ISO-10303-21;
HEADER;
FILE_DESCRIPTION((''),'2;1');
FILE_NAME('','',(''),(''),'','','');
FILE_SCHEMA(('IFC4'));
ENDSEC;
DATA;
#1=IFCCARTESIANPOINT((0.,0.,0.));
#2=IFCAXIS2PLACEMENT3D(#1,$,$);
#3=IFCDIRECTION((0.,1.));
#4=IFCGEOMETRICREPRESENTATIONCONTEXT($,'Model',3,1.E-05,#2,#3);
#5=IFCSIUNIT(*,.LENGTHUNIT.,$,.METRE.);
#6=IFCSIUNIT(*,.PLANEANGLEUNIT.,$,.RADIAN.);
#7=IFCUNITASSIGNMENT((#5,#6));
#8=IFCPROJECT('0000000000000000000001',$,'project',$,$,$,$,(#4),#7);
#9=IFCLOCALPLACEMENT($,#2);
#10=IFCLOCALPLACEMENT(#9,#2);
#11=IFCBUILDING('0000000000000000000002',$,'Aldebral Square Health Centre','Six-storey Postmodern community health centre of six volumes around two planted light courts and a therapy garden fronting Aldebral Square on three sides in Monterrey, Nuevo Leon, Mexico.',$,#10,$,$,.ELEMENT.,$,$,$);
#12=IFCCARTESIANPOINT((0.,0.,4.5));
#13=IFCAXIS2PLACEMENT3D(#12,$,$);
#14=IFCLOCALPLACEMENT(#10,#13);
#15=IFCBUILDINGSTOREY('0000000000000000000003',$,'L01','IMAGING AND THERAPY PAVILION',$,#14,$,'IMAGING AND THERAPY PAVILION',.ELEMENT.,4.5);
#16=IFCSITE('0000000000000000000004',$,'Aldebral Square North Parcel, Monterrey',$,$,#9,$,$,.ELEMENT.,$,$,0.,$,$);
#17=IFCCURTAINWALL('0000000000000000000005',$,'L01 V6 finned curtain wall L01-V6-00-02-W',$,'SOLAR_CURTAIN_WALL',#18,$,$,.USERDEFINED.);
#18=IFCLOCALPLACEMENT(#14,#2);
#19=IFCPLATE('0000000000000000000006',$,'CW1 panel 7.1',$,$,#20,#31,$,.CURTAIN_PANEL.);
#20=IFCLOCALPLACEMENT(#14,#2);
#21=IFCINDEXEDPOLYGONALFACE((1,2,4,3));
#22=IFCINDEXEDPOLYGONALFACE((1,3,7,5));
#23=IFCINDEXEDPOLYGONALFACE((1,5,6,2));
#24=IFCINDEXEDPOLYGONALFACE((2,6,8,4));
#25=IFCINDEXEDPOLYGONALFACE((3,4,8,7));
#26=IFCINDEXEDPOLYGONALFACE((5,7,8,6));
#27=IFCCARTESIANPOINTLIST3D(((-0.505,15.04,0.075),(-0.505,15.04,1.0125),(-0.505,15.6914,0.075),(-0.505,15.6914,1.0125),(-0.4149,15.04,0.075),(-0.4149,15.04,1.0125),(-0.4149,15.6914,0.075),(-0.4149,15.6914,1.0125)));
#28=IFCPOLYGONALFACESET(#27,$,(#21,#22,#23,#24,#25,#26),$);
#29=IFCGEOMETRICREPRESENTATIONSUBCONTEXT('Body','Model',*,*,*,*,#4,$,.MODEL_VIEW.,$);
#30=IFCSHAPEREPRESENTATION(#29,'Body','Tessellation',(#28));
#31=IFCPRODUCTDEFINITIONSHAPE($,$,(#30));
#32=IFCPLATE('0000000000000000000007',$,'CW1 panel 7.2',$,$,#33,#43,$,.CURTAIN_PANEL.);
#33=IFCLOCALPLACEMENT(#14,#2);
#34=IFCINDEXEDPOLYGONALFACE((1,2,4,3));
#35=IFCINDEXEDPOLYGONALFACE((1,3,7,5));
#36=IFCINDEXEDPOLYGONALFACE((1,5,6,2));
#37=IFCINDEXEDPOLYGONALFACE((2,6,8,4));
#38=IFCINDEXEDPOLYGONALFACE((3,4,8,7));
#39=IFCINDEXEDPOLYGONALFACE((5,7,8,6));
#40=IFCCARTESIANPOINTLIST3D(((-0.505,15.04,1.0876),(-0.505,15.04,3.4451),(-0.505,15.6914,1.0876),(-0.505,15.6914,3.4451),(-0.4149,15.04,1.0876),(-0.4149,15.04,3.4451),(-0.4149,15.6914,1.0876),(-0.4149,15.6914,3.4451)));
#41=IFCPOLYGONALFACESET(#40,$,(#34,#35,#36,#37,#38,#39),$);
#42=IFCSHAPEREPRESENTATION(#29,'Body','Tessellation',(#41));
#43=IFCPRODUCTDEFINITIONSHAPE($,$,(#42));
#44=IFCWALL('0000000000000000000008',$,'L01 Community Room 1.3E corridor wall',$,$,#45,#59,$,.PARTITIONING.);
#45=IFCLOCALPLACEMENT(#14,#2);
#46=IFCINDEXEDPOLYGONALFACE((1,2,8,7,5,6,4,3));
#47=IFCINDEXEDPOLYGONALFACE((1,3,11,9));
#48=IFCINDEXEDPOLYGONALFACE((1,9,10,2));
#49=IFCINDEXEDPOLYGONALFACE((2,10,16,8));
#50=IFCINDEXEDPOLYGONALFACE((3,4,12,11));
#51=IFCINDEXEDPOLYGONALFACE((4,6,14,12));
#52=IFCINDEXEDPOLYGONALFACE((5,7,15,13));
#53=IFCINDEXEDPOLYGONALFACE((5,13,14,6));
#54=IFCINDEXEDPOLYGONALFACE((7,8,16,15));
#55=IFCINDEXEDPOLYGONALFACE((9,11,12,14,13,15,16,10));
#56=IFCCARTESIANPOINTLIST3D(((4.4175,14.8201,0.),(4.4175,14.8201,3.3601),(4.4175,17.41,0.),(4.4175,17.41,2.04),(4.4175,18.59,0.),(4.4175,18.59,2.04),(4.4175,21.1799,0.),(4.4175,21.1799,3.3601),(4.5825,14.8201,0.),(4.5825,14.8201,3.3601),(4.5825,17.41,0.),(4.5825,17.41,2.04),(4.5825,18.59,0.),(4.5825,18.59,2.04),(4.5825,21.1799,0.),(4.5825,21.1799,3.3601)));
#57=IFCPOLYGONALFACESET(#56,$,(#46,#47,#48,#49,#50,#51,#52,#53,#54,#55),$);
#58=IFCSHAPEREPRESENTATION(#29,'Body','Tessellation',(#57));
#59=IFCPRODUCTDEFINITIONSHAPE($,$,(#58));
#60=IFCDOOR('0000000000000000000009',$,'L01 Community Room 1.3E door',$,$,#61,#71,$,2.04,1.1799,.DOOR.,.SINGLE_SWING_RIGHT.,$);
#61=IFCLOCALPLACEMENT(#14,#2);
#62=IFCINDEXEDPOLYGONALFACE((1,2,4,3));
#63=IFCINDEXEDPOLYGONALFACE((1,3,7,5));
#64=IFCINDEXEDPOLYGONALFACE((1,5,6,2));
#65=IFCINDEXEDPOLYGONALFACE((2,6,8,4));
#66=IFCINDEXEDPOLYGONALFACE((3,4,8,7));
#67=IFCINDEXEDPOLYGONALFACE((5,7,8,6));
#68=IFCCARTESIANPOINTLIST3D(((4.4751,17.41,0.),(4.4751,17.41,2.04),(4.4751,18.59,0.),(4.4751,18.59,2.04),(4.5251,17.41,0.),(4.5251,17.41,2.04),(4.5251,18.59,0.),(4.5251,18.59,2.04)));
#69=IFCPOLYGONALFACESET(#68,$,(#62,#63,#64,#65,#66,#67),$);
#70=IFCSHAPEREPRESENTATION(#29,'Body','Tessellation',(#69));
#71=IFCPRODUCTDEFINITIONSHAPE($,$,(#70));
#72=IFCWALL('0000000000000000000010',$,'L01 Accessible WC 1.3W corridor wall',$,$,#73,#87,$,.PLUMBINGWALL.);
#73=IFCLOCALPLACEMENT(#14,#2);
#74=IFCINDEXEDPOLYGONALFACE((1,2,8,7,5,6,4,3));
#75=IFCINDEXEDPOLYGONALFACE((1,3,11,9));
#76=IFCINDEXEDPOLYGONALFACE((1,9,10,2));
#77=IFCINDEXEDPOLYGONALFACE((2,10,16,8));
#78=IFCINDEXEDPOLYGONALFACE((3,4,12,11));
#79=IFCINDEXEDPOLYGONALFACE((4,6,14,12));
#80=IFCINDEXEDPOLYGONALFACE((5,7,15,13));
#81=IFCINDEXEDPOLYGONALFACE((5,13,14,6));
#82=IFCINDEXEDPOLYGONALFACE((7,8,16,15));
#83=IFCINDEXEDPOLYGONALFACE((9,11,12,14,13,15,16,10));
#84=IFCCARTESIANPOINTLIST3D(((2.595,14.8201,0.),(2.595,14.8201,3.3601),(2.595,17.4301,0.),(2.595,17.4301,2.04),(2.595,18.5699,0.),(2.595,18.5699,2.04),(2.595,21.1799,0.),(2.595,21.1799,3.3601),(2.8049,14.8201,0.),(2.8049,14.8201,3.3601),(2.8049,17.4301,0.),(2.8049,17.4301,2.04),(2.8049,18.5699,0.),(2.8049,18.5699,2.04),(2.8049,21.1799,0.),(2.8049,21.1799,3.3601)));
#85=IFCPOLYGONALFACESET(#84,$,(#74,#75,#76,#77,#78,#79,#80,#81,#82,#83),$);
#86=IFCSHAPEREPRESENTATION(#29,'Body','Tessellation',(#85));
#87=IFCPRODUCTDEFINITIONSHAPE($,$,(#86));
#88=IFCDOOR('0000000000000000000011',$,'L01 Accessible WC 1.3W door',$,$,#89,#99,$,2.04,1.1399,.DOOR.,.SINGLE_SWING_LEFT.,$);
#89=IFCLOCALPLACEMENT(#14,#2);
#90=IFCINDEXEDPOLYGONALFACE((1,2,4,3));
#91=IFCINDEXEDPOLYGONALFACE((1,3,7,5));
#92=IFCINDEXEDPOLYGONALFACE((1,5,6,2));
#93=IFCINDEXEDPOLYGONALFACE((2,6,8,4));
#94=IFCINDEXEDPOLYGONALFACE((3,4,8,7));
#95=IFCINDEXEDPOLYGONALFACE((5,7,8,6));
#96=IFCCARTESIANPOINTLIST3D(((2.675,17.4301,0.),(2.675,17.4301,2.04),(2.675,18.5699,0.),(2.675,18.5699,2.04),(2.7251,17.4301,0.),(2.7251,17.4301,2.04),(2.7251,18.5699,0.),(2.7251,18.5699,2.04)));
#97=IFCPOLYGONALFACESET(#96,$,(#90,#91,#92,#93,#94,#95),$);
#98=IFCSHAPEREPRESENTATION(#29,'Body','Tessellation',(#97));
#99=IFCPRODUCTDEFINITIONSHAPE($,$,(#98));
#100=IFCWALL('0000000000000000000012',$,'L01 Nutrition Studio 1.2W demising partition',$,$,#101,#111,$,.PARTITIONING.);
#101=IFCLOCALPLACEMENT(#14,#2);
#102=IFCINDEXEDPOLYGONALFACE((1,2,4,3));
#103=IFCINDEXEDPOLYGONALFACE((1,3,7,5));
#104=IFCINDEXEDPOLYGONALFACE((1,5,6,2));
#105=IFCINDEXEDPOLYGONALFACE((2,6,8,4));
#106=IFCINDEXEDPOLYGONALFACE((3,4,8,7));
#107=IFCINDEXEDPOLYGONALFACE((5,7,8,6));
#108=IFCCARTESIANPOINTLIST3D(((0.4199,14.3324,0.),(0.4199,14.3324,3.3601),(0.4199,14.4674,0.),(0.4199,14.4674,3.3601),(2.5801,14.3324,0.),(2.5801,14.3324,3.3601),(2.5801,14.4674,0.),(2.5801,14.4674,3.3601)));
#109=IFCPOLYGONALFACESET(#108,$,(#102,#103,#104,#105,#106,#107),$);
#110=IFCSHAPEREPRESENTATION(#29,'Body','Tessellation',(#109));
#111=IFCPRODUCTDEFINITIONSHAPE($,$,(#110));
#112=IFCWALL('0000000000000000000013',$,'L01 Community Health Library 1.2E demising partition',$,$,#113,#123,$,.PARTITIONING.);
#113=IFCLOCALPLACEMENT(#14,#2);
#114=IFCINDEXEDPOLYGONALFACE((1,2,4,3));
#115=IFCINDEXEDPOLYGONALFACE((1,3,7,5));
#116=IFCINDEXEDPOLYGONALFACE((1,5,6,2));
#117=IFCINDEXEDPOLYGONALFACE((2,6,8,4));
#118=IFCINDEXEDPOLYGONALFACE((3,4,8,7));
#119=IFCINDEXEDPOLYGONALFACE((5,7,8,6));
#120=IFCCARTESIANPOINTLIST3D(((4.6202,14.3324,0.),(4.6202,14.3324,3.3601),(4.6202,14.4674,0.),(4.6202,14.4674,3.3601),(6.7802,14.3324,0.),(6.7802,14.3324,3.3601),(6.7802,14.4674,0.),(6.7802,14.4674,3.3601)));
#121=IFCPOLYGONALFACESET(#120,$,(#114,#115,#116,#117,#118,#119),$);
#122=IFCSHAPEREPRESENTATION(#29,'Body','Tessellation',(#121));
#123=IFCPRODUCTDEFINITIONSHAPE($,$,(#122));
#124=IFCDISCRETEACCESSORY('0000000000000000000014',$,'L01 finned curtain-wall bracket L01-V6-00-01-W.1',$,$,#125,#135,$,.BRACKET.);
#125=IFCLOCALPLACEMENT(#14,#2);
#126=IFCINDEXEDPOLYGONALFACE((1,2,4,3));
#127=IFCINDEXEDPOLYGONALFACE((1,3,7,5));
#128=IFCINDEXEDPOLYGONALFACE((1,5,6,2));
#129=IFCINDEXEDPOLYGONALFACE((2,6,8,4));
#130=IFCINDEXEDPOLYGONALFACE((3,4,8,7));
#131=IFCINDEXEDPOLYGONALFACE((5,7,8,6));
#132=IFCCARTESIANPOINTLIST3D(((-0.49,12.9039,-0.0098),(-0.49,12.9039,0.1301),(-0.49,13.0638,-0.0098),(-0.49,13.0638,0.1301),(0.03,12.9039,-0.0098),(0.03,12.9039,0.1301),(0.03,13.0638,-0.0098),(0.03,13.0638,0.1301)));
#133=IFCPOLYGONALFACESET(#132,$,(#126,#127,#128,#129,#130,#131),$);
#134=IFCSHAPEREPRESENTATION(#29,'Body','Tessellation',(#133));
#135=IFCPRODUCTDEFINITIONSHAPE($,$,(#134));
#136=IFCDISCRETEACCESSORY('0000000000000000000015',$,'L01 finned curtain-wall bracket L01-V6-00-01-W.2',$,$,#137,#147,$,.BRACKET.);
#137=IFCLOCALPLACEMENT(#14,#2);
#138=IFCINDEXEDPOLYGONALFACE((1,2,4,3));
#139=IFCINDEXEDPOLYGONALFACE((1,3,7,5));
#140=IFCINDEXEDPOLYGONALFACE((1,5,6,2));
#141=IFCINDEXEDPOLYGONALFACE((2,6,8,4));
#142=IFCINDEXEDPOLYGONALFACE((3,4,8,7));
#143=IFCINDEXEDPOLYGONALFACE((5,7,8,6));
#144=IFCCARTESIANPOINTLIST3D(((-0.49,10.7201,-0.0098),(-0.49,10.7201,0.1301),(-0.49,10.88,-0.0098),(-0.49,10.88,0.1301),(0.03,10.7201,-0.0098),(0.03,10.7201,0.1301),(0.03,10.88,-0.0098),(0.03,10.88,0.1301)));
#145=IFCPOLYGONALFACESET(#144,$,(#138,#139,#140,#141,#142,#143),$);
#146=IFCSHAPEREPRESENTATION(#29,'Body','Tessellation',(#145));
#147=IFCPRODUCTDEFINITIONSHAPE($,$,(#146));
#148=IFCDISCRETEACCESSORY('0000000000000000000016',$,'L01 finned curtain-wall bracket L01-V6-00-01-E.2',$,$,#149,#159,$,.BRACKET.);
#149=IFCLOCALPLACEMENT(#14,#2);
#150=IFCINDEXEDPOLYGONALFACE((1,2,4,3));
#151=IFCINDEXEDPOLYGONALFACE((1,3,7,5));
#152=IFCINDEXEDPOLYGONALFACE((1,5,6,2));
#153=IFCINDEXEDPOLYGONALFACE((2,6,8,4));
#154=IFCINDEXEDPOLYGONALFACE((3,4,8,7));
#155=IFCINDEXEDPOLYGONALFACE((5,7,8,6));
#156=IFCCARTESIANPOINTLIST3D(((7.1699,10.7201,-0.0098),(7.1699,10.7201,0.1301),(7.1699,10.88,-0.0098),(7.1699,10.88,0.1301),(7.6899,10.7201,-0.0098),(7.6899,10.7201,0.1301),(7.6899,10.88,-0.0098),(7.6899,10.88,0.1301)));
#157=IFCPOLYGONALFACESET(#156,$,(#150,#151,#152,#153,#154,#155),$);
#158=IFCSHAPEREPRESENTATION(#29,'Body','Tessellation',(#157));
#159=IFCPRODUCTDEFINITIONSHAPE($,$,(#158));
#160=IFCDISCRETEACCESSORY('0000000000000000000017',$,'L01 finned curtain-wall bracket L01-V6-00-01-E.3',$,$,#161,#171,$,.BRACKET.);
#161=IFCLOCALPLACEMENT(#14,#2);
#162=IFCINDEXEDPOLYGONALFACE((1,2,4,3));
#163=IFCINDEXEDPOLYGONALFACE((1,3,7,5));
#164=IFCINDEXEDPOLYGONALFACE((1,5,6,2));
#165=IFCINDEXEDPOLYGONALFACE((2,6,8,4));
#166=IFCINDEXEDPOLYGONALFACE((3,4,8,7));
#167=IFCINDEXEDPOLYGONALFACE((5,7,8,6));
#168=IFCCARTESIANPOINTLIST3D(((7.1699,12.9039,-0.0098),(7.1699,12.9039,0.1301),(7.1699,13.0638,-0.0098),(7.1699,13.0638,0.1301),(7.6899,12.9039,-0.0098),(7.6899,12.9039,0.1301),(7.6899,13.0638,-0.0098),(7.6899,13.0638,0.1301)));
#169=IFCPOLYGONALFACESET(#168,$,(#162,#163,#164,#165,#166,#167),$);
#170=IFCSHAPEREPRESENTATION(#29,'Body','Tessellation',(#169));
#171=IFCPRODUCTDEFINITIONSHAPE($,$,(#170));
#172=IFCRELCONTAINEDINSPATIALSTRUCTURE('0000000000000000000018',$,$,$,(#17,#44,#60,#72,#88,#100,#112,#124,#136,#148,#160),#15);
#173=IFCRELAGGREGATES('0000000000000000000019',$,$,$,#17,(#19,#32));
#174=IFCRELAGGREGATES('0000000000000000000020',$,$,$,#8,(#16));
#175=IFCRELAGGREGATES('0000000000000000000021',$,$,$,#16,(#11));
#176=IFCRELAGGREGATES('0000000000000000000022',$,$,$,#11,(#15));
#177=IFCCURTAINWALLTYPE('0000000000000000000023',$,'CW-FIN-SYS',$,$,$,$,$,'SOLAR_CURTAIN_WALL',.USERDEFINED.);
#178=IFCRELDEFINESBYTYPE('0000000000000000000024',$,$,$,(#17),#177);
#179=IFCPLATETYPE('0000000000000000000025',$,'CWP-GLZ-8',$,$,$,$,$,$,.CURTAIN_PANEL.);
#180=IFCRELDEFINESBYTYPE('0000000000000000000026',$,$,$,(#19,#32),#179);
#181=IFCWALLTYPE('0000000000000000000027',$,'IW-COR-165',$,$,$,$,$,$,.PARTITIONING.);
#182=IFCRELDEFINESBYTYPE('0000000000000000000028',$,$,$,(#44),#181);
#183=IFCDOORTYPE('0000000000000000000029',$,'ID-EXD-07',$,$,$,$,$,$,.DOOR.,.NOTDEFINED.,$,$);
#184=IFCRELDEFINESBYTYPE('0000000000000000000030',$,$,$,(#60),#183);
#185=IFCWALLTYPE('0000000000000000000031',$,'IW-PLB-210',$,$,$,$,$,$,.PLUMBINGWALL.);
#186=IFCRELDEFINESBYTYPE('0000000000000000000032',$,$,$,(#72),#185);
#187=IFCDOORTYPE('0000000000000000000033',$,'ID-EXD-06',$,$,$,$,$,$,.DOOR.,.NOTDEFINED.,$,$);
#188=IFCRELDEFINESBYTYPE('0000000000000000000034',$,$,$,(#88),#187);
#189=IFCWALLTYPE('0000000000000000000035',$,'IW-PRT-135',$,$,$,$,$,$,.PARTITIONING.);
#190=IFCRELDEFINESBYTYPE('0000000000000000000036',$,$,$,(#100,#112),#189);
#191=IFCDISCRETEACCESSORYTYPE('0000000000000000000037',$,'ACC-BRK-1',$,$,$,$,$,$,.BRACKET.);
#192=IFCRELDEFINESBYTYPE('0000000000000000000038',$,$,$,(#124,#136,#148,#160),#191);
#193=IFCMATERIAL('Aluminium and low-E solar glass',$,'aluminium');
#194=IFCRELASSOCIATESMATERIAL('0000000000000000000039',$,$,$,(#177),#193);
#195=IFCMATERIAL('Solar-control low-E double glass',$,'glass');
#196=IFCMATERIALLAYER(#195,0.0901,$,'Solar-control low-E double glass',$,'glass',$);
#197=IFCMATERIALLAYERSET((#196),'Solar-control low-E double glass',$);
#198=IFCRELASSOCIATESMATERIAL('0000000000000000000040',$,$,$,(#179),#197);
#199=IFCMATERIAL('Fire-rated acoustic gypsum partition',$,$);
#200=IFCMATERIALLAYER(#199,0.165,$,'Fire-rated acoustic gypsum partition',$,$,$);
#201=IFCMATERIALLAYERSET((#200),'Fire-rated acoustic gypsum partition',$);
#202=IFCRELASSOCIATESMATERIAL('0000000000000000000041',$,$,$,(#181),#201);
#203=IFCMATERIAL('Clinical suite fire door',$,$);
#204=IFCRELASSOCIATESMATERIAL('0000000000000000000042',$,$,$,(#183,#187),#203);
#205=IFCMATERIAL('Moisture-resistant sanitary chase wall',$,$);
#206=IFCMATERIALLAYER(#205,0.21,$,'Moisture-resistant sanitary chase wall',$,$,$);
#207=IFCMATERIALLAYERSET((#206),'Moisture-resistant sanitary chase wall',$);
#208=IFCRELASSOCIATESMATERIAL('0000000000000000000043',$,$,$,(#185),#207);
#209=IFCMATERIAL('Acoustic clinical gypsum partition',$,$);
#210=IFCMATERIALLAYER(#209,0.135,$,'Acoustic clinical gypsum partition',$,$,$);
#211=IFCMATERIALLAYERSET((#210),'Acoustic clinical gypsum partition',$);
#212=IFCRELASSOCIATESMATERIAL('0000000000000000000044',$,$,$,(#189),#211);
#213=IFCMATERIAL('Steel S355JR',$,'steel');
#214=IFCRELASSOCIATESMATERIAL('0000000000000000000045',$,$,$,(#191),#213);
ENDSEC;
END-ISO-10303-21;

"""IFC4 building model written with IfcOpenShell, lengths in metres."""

from ifc_helpers import new_model, si_unit, direction, frame, frame_2d, origin, origin_2d, place, context, subcontext, project, spatial, rectangle, extrude, material, layer, layer_set, type_object, element, fill, aggregate, save


model = new_model("IFC4")

# Units and contexts
model_context = context("Model", 3, precision=1e-05, world=origin(), true_north=direction((0.0, 1.0)))
body_context = subcontext(model_context, "Body", "Model", "MODEL_VIEW")
ifc_project = project(units=[si_unit("LENGTHUNIT", "METRE"), si_unit("PLANEANGLEUNIT", "RADIAN")], contexts=[model_context])

# Site, building, storey
site_placement = place(None, origin())
site = spatial("IfcSite", under=ifc_project, at=site_placement, Name="Aldebral Square North Parcel, Monterrey", CompositionType="ELEMENT", RefElevation=0.0)
building_placement = place(site_placement, origin())
building = spatial("IfcBuilding", under=site, at=building_placement, Name="Aldebral Square Health Centre", Description="Six-storey Postmodern community health centre of six volumes around two planted light courts and a therapy garden fronting Aldebral Square on three sides in Monterrey, Nuevo Leon, Mexico.", CompositionType="ELEMENT")
storey_placement = place(building_placement, frame((0.0, 0.0, 4.5)))
storey = spatial("IfcBuildingStorey", under=building, at=storey_placement, Name="L01", Description="IMAGING AND THERAPY PAVILION", LongName="IMAGING AND THERAPY PAVILION", CompositionType="ELEMENT", Elevation=4.5)

# Curtain wall
ifc_material_1 = material(Name="Aluminium and low-E solar glass", Category="aluminium")
curtain_wall_type = type_object("IfcCurtainWallType", Name="CW-FIN-SYS", ElementType="SOLAR_CURTAIN_WALL", PredefinedType="USERDEFINED", material=ifc_material_1)
curtain_wall_1_placement = place(storey_placement, origin())
curtain_wall_1 = element("IfcCurtainWall", 1, at=curtain_wall_1_placement, inside=storey, type_object=curtain_wall_type, Name="L01 V6 finned curtain wall L01-V6-00-02-W", ObjectType="SOLAR_CURTAIN_WALL", PredefinedType="USERDEFINED")

# Plates
ifc_material_2 = material(Name="Solar-control low-E double glass", Category="glass")
ifc_layer_1 = layer(ifc_material_2, 0.0901, Name="Solar-control low-E double glass", Category="glass")
ifc_layer_set_1 = layer_set([ifc_layer_1], Name="Solar-control low-E double glass")
plate_type = type_object("IfcPlateType", Name="CWP-GLZ-8", PredefinedType="CURTAIN_PANEL", material=ifc_layer_set_1)
plate_1_placement = place(storey_placement, frame((-0.46, 15.3657, 0.075), z_axis=(0.0, 0.0, 1.0), x_axis=(0.0, -1.0, 0.0)))
plate_1 = element("IfcPlate", 2, at=plate_1_placement, type_object=plate_type, Name="CW1 panel 7.1", PredefinedType="CURTAIN_PANEL", context=body_context, shape_type="SweptSolid", body=[
    extrude(rectangle(XDim=0.6514, YDim=0.0901, at=origin_2d()), origin(), (0.0, 0.0, 1.0), 0.9375),
])
plate_2_placement = place(storey_placement, frame((-0.46, 15.3657, 1.0876), z_axis=(0.0, 0.0, 1.0), x_axis=(0.0, -1.0, 0.0)))
plate_2 = element("IfcPlate", 3, at=plate_2_placement, type_object=plate_type, Name="CW1 panel 7.2", PredefinedType="CURTAIN_PANEL", context=body_context, shape_type="SweptSolid", body=[
    extrude(rectangle(XDim=0.6514, YDim=0.0901, at=origin_2d()), origin(), (0.0, 0.0, 1.0), 2.3574),
])
aggregate(curtain_wall_1, [plate_1, plate_2])

# Walls, openings, doors
ifc_material_3 = material(Name="Fire-rated acoustic gypsum partition")
ifc_layer_2 = layer(ifc_material_3, 0.165, Name="Fire-rated acoustic gypsum partition")
ifc_layer_set_2 = layer_set([ifc_layer_2], Name="Fire-rated acoustic gypsum partition")
wall_type_1 = type_object("IfcWallType", Name="IW-COR-165", PredefinedType="PARTITIONING", material=ifc_layer_set_2)
wall_1_placement = place(storey_placement, frame((4.5, 14.8201, 0.0), z_axis=(0.0, 0.0, 1.0), x_axis=(0.0, 1.0, 0.0)))
wall_1 = element("IfcWall", 4, at=wall_1_placement, inside=storey, type_object=wall_type_1, Name="L01 Community Room 1.3E corridor wall", PredefinedType="PARTITIONING", context=body_context, shape_type="SweptSolid", body=[
    extrude(rectangle(XDim=6.3599, YDim=0.165, at=frame_2d((3.1799, 0.0))), origin(), (0.0, 0.0, 1.0), 3.3601),
])
opening_1_placement = place(wall_1_placement, frame((2.5901, 0.0, 0.0)))
opening_1 = element("IfcOpeningElement", 5, at=opening_1_placement, cuts=wall_1, PredefinedType="OPENING", context=body_context, shape_type="SweptSolid", body=[
    extrude(rectangle(XDim=1.1799, YDim=2.04, at=frame_2d((0.5898, 1.02))), frame((0.0, 0.0925, 0.0), z_axis=(0.0, -1.0, 0.0), x_axis=(1.0, 0.0, 0.0)), (0.0, 0.0, 1.0), 0.1851),
])
ifc_material_4 = material(Name="Clinical suite fire door")
door_type_1 = type_object("IfcDoorType", Name="ID-EXD-07", OperationType="NOTDEFINED", PredefinedType="DOOR", material=ifc_material_4)
door_1_placement = place(opening_1_placement, origin())
door_1 = element("IfcDoor", 6, at=door_1_placement, inside=storey, type_object=door_type_1, Name="L01 Community Room 1.3E door", OperationType="SINGLE_SWING_RIGHT", OverallHeight=2.04, OverallWidth=1.1799, PredefinedType="DOOR", context=body_context, shape_type="SweptSolid", body=[
    extrude(rectangle(XDim=1.1799, YDim=2.04, at=frame_2d((0.5898, 1.02))), frame((0.0, 0.0249, 0.0), z_axis=(0.0, -1.0, 0.0), x_axis=(1.0, 0.0, 0.0)), (0.0, 0.0, 1.0), 0.05),
])
fill(opening_1, door_1)
ifc_material_5 = material(Name="Moisture-resistant sanitary chase wall")
ifc_layer_3 = layer(ifc_material_5, 0.21, Name="Moisture-resistant sanitary chase wall")
ifc_layer_set_3 = layer_set([ifc_layer_3], Name="Moisture-resistant sanitary chase wall")
wall_type_2 = type_object("IfcWallType", Name="IW-PLB-210", PredefinedType="PLUMBINGWALL", material=ifc_layer_set_3)
wall_2_placement = place(storey_placement, frame((2.7, 14.8201, 0.0), z_axis=(0.0, 0.0, 1.0), x_axis=(0.0, 1.0, 0.0)))
wall_2 = element("IfcWall", 7, at=wall_2_placement, inside=storey, type_object=wall_type_2, Name="L01 Accessible WC 1.3W corridor wall", PredefinedType="PLUMBINGWALL", context=body_context, shape_type="SweptSolid", body=[
    extrude(rectangle(XDim=6.3599, YDim=0.21, at=frame_2d((3.1799, 0.0))), origin(), (0.0, 0.0, 1.0), 3.3601),
])
opening_2_placement = place(wall_2_placement, frame((2.6101, 0.0, 0.0)))
opening_2 = element("IfcOpeningElement", 8, at=opening_2_placement, cuts=wall_2, PredefinedType="OPENING", context=body_context, shape_type="SweptSolid", body=[
    extrude(rectangle(XDim=1.1399, YDim=2.04, at=frame_2d((0.5698, 1.02))), frame((0.0, 0.115, 0.0), z_axis=(0.0, -1.0, 0.0), x_axis=(1.0, 0.0, 0.0)), (0.0, 0.0, 1.0), 0.23),
])
door_type_2 = type_object("IfcDoorType", Name="ID-EXD-06", OperationType="NOTDEFINED", PredefinedType="DOOR", material=ifc_material_4)
door_2_placement = place(opening_2_placement, origin())
door_2 = element("IfcDoor", 9, at=door_2_placement, inside=storey, type_object=door_type_2, Name="L01 Accessible WC 1.3W door", OperationType="SINGLE_SWING_LEFT", OverallHeight=2.04, OverallWidth=1.1399, PredefinedType="DOOR", context=body_context, shape_type="SweptSolid", body=[
    extrude(rectangle(XDim=1.1399, YDim=2.04, at=frame_2d((0.5698, 1.02))), frame((0.0, 0.0249, 0.0), z_axis=(0.0, -1.0, 0.0), x_axis=(1.0, 0.0, 0.0)), (0.0, 0.0, 1.0), 0.05),
])
fill(opening_2, door_2)

# Walls
ifc_material_6 = material(Name="Acoustic clinical gypsum partition")
ifc_layer_4 = layer(ifc_material_6, 0.135, Name="Acoustic clinical gypsum partition")
ifc_layer_set_4 = layer_set([ifc_layer_4], Name="Acoustic clinical gypsum partition")
wall_type_3 = type_object("IfcWallType", Name="IW-PRT-135", PredefinedType="PARTITIONING", material=ifc_layer_set_4)
wall_3_placement = place(storey_placement, frame((0.4199, 14.3999, 0.0), z_axis=(0.0, 0.0, 1.0), x_axis=(1.0, 0.0, 0.0)))
element("IfcWall", 10, at=wall_3_placement, inside=storey, type_object=wall_type_3, Name="L01 Nutrition Studio 1.2W demising partition", PredefinedType="PARTITIONING", context=body_context, shape_type="SweptSolid", body=[
    extrude(rectangle(XDim=2.1602, YDim=0.135, at=frame_2d((1.0801, 0.0))), origin(), (0.0, 0.0, 1.0), 3.3601),
])
wall_4_placement = place(storey_placement, frame((4.6201, 14.3999, 0.0), z_axis=(0.0, 0.0, 1.0), x_axis=(1.0, 0.0, 0.0)))
element("IfcWall", 11, at=wall_4_placement, inside=storey, type_object=wall_type_3, Name="L01 Community Health Library 1.2E demising partition", PredefinedType="PARTITIONING", context=body_context, shape_type="SweptSolid", body=[
    extrude(rectangle(XDim=2.1599, YDim=0.135, at=frame_2d((1.0801, 0.0))), origin(), (0.0, 0.0, 1.0), 3.3601),
])

# Discrete accessories
ifc_material_7 = material(Name="Steel S355JR", Category="steel")
discrete_accessory_type = type_object("IfcDiscreteAccessoryType", Name="ACC-BRK-1", PredefinedType="BRACKET", material=ifc_material_7)
for number, where, z_axis, x_axis, name in (
    (12, (-0.23, 12.9839, -0.0098), (0.0, 0.0, 1.0), (0.0, 1.0, 0.0), "L01 finned curtain-wall bracket L01-V6-00-01-W.1"),
    (13, (-0.23, 10.8, -0.0098), (0.0, 0.0, 1.0), (0.0, 1.0, 0.0), "L01 finned curtain-wall bracket L01-V6-00-01-W.2"),
    (14, (7.4299, 10.8, -0.0098), (0.0, 0.0, 1.0), (0.0, 1.0, 0.0), "L01 finned curtain-wall bracket L01-V6-00-01-E.2"),
    (15, (7.4299, 12.9839, -0.0098), (0.0, 0.0, 1.0), (0.0, 1.0, 0.0), "L01 finned curtain-wall bracket L01-V6-00-01-E.3"),
):
    element("IfcDiscreteAccessory", number, at=place(storey_placement, frame(where, z_axis=z_axis, x_axis=x_axis)), inside=storey, type_object=discrete_accessory_type, Name=name, PredefinedType="BRACKET", context=body_context, shape_type="SweptSolid", body=[
        extrude(rectangle(XDim=0.1599, YDim=0.52, at=origin_2d()), origin(), (0.0, 0.0, 1.0), 0.1399),
    ])

save(model, "model.ifc")
